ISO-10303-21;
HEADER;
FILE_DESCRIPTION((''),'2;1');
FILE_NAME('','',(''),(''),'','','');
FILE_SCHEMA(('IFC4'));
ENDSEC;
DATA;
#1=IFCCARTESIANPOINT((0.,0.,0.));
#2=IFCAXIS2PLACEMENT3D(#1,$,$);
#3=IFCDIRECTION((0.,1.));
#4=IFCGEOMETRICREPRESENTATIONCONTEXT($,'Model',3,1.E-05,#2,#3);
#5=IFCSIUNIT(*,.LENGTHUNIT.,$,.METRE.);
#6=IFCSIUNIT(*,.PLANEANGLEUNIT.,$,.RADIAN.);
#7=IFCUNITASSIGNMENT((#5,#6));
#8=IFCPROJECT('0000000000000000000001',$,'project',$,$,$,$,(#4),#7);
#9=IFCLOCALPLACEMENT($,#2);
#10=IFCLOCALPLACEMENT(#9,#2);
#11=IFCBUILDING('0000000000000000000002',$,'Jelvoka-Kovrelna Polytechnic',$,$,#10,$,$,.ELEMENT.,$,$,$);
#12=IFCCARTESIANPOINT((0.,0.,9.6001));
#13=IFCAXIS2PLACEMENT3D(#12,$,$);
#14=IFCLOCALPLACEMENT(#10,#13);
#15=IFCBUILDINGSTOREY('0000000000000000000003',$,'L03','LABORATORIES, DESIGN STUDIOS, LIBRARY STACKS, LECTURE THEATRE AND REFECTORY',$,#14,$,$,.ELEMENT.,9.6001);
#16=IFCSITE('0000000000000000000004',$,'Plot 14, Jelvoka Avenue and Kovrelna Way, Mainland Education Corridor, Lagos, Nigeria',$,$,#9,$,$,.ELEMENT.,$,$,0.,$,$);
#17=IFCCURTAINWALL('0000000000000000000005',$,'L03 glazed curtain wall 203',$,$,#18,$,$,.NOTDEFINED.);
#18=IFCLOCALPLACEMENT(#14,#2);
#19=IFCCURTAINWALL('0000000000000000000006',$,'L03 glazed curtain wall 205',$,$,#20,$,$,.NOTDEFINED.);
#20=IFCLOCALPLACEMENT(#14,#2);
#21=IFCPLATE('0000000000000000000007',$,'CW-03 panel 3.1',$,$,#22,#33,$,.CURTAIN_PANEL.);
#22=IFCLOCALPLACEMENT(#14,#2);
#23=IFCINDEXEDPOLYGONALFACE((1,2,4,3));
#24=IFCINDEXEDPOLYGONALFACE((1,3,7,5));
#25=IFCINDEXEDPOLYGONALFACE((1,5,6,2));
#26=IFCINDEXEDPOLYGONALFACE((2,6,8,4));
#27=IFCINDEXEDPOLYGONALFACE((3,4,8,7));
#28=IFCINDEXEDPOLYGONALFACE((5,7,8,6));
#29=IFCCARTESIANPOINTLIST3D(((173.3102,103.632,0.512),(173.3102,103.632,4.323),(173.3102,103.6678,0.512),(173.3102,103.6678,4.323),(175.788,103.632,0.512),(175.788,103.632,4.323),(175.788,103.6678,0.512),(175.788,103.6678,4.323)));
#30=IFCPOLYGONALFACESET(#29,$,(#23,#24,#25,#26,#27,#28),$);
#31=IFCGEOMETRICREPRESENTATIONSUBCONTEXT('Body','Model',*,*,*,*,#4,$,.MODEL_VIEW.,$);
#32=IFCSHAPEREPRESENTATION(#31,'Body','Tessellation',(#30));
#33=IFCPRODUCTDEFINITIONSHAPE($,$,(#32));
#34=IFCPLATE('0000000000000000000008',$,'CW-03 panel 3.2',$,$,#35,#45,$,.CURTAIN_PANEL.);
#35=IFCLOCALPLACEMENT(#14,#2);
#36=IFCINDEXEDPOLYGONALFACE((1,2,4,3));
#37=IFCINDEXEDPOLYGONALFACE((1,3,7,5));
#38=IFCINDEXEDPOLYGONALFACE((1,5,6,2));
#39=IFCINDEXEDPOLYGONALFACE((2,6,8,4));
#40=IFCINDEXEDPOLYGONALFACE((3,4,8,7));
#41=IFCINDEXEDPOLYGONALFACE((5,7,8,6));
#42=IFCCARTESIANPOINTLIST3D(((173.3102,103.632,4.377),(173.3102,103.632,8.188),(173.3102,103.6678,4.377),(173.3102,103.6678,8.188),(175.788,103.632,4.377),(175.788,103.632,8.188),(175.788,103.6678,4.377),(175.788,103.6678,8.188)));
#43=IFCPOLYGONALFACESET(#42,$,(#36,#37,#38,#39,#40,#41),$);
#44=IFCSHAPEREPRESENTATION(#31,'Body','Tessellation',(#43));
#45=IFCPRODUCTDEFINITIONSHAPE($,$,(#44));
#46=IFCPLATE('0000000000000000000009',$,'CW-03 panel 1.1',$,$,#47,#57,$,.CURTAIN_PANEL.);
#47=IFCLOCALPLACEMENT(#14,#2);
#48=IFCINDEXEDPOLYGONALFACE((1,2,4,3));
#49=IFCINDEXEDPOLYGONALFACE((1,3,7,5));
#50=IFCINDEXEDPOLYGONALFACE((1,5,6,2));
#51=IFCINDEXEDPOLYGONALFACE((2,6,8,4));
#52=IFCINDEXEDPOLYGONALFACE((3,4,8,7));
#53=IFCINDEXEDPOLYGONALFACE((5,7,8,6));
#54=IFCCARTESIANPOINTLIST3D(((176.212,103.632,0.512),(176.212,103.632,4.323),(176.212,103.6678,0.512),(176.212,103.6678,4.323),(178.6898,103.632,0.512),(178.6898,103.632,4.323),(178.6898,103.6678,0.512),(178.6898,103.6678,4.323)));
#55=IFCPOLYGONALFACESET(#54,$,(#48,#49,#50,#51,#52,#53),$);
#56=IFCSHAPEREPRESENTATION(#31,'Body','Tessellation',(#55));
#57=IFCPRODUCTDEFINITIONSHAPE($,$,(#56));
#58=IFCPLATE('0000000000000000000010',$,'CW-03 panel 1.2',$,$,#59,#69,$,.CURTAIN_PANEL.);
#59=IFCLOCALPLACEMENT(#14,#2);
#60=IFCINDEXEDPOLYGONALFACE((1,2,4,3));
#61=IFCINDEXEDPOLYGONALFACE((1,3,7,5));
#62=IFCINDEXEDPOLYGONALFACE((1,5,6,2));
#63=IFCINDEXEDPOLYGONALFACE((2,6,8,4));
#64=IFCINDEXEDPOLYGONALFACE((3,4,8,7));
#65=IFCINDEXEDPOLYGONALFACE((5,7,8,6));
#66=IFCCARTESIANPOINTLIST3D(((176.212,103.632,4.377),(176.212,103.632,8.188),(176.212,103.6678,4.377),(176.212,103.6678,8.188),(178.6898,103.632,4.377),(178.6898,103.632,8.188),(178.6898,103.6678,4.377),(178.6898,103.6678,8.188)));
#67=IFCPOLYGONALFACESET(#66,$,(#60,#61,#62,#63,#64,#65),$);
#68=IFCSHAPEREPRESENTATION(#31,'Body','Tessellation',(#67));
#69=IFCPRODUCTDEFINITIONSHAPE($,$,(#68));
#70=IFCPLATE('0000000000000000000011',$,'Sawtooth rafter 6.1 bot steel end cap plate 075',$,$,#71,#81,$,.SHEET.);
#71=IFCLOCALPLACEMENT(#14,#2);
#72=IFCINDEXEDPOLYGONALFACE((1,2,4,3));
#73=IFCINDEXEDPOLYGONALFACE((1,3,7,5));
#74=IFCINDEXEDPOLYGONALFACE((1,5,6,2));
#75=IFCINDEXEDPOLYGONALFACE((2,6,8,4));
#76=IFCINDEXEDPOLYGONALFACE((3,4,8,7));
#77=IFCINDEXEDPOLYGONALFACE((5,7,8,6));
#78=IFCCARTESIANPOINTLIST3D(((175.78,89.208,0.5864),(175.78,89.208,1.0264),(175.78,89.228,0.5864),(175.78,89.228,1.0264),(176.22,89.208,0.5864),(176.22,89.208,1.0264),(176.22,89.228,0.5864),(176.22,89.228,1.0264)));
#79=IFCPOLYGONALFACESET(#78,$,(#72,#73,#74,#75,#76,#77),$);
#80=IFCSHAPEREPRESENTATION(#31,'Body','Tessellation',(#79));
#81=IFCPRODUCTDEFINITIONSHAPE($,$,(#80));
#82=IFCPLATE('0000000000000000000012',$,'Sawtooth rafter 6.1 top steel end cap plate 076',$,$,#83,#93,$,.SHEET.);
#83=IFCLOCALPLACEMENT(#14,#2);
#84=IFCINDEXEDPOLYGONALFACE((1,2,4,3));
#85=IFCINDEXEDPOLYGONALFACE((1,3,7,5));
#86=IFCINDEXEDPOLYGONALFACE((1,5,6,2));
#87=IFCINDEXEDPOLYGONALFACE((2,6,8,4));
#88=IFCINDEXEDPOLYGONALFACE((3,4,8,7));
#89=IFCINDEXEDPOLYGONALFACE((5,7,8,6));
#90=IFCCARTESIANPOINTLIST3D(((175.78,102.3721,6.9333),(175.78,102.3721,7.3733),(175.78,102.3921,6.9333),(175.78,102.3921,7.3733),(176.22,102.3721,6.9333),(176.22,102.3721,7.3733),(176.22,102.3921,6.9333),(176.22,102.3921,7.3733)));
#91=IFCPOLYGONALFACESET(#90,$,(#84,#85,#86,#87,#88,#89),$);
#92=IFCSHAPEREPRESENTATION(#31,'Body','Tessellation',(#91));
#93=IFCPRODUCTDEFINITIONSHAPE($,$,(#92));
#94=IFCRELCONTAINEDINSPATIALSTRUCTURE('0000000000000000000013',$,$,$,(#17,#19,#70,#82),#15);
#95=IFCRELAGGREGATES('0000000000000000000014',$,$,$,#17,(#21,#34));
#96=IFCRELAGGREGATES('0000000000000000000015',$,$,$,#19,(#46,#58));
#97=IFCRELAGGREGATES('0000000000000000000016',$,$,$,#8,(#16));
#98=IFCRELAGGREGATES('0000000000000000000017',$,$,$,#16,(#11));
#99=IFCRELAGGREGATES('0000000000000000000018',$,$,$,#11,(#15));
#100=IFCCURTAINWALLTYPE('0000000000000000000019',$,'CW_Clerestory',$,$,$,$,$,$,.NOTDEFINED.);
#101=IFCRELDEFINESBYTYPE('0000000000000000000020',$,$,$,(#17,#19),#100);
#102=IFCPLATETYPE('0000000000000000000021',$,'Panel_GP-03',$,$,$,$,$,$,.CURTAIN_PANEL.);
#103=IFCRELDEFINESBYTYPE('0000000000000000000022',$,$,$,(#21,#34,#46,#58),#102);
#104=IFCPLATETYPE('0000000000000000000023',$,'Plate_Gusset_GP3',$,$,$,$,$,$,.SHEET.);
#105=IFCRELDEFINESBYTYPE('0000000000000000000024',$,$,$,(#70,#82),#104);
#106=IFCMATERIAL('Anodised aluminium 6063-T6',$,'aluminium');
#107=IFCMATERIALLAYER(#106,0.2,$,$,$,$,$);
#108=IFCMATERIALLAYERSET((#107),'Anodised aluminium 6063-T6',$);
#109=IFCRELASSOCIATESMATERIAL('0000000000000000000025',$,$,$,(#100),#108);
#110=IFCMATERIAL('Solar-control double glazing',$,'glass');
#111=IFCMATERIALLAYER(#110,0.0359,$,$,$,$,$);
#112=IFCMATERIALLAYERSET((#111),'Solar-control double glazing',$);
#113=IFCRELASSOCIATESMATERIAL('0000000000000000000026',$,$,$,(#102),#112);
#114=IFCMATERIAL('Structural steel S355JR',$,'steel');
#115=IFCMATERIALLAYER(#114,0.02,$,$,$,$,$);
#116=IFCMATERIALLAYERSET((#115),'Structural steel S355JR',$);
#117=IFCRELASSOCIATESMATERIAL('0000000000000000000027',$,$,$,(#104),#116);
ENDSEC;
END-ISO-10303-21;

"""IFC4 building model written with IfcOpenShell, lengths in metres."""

from ifc_helpers import new_model, si_unit, direction, frame, origin, origin_2d, place, context, subcontext, project, spatial, rectangle, extrude, material, layer, layer_set, type_object, element, aggregate, save


model = new_model("IFC4")

# Units and contexts
model_context = context("Model", 3, precision=1e-05, world=origin(), true_north=direction((0.0, 1.0)))
body_context = subcontext(model_context, "Body", "Model", "MODEL_VIEW")
ifc_project = project(units=[si_unit("LENGTHUNIT", "METRE"), si_unit("PLANEANGLEUNIT", "RADIAN")], contexts=[model_context])

# Site, building, storey
site_placement = place(None, origin())
site = spatial("IfcSite", under=ifc_project, at=site_placement, Name="Plot 14, Jelvoka Avenue and Kovrelna Way, Mainland Education Corridor, Lagos, Nigeria", CompositionType="ELEMENT", RefElevation=0.0)
building_placement = place(site_placement, origin())
building = spatial("IfcBuilding", under=site, at=building_placement, Name="Jelvoka-Kovrelna Polytechnic", CompositionType="ELEMENT")
storey_placement = place(building_placement, frame((0.0, 0.0, 9.6001)))
storey = spatial("IfcBuildingStorey", under=building, at=storey_placement, Name="L03", Description="LABORATORIES, DESIGN STUDIOS, LIBRARY STACKS, LECTURE THEATRE AND REFECTORY", CompositionType="ELEMENT", Elevation=9.6001)

# Curtain walls
ifc_material_1 = material(Name="Anodised aluminium 6063-T6", Category="aluminium")
ifc_layer_1 = layer(ifc_material_1, 0.2)
ifc_layer_set_1 = layer_set([ifc_layer_1], Name="Anodised aluminium 6063-T6")
curtain_wall_type = type_object("IfcCurtainWallType", Name="CW_Clerestory", PredefinedType="NOTDEFINED", material=ifc_layer_set_1)
curtain_wall_1_placement = place(storey_placement, origin())
curtain_wall_1 = element("IfcCurtainWall", 1, at=curtain_wall_1_placement, inside=storey, type_object=curtain_wall_type, Name="L03 glazed curtain wall 203", PredefinedType="NOTDEFINED")
curtain_wall_2_placement = place(storey_placement, origin())
curtain_wall_2 = element("IfcCurtainWall", 2, at=curtain_wall_2_placement, inside=storey, type_object=curtain_wall_type, Name="L03 glazed curtain wall 205", PredefinedType="NOTDEFINED")

# Plates
ifc_material_2 = material(Name="Solar-control double glazing", Category="glass")
ifc_layer_2 = layer(ifc_material_2, 0.0359)
ifc_layer_set_2 = layer_set([ifc_layer_2], Name="Solar-control double glazing")
plate_type_1 = type_object("IfcPlateType", Name="Panel_GP-03", PredefinedType="CURTAIN_PANEL", material=ifc_layer_set_2)
plate_1_placement = place(storey_placement, frame((174.5491, 103.6499, 0.512), z_axis=(0.0, 0.0, 1.0), x_axis=(1.0, 0.0, 0.0)))
plate_1 = element("IfcPlate", 3, at=plate_1_placement, type_object=plate_type_1, Name="CW-03 panel 3.1", PredefinedType="CURTAIN_PANEL", context=body_context, shape_type="SweptSolid", body=[
    extrude(rectangle(XDim=2.4778, YDim=0.0359, at=origin_2d()), origin(), (0.0, 0.0, 1.0), 3.811),
])
plate_2_placement = place(storey_placement, frame((174.5491, 103.6499, 4.377), z_axis=(0.0, 0.0, 1.0), x_axis=(1.0, 0.0, 0.0)))
plate_2 = element("IfcPlate", 4, at=plate_2_placement, type_object=plate_type_1, Name="CW-03 panel 3.2", PredefinedType="CURTAIN_PANEL", context=body_context, shape_type="SweptSolid", body=[
    extrude(rectangle(XDim=2.4778, YDim=0.0359, at=origin_2d()), origin(), (0.0, 0.0, 1.0), 3.811),
])
aggregate(curtain_wall_1, [plate_1, plate_2])
plate_3_placement = place(storey_placement, frame((177.4509, 103.6499, 0.512), z_axis=(0.0, 0.0, 1.0), x_axis=(1.0, 0.0, 0.0)))
plate_3 = element("IfcPlate", 5, at=plate_3_placement, type_object=plate_type_1, Name="CW-03 panel 1.1", PredefinedType="CURTAIN_PANEL", context=body_context, shape_type="SweptSolid", body=[
    extrude(rectangle(XDim=2.4778, YDim=0.0359, at=origin_2d()), origin(), (0.0, 0.0, 1.0), 3.811),
])
plate_4_placement = place(storey_placement, frame((177.4509, 103.6499, 4.377), z_axis=(0.0, 0.0, 1.0), x_axis=(1.0, 0.0, 0.0)))
plate_4 = element("IfcPlate", 6, at=plate_4_placement, type_object=plate_type_1, Name="CW-03 panel 1.2", PredefinedType="CURTAIN_PANEL", context=body_context, shape_type="SweptSolid", body=[
    extrude(rectangle(XDim=2.4778, YDim=0.0359, at=origin_2d()), origin(), (0.0, 0.0, 1.0), 3.811),
])
aggregate(curtain_wall_2, [plate_3, plate_4])

# Plates
ifc_material_3 = material(Name="Structural steel S355JR", Category="steel")
ifc_layer_3 = layer(ifc_material_3, 0.02)
ifc_layer_set_3 = layer_set([ifc_layer_3], Name="Structural steel S355JR")
plate_type_2 = type_object("IfcPlateType", Name="Plate_Gusset_GP3", PredefinedType="SHEET", material=ifc_layer_set_3)
for number, where, z_axis, x_axis, name in (
    (7, (176.0, 89.218, 0.5864), (0.0, 0.0, 1.0), (1.0, 0.0, 0.0), "Sawtooth rafter 6.1 bot steel end cap plate 075"),
    (8, (176.0, 102.3821, 6.9333), (0.0, 0.0, 1.0), (1.0, 0.0, 0.0), "Sawtooth rafter 6.1 top steel end cap plate 076"),
):
    element("IfcPlate", number, at=place(storey_placement, frame(where, z_axis=z_axis, x_axis=x_axis)), inside=storey, type_object=plate_type_2, Name=name, PredefinedType="SHEET", context=body_context, shape_type="SweptSolid", body=[
        extrude(rectangle(XDim=0.4399, YDim=0.02, at=origin_2d()), origin(), (0.0, 0.0, 1.0), 0.4399),
    ])

save(model, "model.ifc")
